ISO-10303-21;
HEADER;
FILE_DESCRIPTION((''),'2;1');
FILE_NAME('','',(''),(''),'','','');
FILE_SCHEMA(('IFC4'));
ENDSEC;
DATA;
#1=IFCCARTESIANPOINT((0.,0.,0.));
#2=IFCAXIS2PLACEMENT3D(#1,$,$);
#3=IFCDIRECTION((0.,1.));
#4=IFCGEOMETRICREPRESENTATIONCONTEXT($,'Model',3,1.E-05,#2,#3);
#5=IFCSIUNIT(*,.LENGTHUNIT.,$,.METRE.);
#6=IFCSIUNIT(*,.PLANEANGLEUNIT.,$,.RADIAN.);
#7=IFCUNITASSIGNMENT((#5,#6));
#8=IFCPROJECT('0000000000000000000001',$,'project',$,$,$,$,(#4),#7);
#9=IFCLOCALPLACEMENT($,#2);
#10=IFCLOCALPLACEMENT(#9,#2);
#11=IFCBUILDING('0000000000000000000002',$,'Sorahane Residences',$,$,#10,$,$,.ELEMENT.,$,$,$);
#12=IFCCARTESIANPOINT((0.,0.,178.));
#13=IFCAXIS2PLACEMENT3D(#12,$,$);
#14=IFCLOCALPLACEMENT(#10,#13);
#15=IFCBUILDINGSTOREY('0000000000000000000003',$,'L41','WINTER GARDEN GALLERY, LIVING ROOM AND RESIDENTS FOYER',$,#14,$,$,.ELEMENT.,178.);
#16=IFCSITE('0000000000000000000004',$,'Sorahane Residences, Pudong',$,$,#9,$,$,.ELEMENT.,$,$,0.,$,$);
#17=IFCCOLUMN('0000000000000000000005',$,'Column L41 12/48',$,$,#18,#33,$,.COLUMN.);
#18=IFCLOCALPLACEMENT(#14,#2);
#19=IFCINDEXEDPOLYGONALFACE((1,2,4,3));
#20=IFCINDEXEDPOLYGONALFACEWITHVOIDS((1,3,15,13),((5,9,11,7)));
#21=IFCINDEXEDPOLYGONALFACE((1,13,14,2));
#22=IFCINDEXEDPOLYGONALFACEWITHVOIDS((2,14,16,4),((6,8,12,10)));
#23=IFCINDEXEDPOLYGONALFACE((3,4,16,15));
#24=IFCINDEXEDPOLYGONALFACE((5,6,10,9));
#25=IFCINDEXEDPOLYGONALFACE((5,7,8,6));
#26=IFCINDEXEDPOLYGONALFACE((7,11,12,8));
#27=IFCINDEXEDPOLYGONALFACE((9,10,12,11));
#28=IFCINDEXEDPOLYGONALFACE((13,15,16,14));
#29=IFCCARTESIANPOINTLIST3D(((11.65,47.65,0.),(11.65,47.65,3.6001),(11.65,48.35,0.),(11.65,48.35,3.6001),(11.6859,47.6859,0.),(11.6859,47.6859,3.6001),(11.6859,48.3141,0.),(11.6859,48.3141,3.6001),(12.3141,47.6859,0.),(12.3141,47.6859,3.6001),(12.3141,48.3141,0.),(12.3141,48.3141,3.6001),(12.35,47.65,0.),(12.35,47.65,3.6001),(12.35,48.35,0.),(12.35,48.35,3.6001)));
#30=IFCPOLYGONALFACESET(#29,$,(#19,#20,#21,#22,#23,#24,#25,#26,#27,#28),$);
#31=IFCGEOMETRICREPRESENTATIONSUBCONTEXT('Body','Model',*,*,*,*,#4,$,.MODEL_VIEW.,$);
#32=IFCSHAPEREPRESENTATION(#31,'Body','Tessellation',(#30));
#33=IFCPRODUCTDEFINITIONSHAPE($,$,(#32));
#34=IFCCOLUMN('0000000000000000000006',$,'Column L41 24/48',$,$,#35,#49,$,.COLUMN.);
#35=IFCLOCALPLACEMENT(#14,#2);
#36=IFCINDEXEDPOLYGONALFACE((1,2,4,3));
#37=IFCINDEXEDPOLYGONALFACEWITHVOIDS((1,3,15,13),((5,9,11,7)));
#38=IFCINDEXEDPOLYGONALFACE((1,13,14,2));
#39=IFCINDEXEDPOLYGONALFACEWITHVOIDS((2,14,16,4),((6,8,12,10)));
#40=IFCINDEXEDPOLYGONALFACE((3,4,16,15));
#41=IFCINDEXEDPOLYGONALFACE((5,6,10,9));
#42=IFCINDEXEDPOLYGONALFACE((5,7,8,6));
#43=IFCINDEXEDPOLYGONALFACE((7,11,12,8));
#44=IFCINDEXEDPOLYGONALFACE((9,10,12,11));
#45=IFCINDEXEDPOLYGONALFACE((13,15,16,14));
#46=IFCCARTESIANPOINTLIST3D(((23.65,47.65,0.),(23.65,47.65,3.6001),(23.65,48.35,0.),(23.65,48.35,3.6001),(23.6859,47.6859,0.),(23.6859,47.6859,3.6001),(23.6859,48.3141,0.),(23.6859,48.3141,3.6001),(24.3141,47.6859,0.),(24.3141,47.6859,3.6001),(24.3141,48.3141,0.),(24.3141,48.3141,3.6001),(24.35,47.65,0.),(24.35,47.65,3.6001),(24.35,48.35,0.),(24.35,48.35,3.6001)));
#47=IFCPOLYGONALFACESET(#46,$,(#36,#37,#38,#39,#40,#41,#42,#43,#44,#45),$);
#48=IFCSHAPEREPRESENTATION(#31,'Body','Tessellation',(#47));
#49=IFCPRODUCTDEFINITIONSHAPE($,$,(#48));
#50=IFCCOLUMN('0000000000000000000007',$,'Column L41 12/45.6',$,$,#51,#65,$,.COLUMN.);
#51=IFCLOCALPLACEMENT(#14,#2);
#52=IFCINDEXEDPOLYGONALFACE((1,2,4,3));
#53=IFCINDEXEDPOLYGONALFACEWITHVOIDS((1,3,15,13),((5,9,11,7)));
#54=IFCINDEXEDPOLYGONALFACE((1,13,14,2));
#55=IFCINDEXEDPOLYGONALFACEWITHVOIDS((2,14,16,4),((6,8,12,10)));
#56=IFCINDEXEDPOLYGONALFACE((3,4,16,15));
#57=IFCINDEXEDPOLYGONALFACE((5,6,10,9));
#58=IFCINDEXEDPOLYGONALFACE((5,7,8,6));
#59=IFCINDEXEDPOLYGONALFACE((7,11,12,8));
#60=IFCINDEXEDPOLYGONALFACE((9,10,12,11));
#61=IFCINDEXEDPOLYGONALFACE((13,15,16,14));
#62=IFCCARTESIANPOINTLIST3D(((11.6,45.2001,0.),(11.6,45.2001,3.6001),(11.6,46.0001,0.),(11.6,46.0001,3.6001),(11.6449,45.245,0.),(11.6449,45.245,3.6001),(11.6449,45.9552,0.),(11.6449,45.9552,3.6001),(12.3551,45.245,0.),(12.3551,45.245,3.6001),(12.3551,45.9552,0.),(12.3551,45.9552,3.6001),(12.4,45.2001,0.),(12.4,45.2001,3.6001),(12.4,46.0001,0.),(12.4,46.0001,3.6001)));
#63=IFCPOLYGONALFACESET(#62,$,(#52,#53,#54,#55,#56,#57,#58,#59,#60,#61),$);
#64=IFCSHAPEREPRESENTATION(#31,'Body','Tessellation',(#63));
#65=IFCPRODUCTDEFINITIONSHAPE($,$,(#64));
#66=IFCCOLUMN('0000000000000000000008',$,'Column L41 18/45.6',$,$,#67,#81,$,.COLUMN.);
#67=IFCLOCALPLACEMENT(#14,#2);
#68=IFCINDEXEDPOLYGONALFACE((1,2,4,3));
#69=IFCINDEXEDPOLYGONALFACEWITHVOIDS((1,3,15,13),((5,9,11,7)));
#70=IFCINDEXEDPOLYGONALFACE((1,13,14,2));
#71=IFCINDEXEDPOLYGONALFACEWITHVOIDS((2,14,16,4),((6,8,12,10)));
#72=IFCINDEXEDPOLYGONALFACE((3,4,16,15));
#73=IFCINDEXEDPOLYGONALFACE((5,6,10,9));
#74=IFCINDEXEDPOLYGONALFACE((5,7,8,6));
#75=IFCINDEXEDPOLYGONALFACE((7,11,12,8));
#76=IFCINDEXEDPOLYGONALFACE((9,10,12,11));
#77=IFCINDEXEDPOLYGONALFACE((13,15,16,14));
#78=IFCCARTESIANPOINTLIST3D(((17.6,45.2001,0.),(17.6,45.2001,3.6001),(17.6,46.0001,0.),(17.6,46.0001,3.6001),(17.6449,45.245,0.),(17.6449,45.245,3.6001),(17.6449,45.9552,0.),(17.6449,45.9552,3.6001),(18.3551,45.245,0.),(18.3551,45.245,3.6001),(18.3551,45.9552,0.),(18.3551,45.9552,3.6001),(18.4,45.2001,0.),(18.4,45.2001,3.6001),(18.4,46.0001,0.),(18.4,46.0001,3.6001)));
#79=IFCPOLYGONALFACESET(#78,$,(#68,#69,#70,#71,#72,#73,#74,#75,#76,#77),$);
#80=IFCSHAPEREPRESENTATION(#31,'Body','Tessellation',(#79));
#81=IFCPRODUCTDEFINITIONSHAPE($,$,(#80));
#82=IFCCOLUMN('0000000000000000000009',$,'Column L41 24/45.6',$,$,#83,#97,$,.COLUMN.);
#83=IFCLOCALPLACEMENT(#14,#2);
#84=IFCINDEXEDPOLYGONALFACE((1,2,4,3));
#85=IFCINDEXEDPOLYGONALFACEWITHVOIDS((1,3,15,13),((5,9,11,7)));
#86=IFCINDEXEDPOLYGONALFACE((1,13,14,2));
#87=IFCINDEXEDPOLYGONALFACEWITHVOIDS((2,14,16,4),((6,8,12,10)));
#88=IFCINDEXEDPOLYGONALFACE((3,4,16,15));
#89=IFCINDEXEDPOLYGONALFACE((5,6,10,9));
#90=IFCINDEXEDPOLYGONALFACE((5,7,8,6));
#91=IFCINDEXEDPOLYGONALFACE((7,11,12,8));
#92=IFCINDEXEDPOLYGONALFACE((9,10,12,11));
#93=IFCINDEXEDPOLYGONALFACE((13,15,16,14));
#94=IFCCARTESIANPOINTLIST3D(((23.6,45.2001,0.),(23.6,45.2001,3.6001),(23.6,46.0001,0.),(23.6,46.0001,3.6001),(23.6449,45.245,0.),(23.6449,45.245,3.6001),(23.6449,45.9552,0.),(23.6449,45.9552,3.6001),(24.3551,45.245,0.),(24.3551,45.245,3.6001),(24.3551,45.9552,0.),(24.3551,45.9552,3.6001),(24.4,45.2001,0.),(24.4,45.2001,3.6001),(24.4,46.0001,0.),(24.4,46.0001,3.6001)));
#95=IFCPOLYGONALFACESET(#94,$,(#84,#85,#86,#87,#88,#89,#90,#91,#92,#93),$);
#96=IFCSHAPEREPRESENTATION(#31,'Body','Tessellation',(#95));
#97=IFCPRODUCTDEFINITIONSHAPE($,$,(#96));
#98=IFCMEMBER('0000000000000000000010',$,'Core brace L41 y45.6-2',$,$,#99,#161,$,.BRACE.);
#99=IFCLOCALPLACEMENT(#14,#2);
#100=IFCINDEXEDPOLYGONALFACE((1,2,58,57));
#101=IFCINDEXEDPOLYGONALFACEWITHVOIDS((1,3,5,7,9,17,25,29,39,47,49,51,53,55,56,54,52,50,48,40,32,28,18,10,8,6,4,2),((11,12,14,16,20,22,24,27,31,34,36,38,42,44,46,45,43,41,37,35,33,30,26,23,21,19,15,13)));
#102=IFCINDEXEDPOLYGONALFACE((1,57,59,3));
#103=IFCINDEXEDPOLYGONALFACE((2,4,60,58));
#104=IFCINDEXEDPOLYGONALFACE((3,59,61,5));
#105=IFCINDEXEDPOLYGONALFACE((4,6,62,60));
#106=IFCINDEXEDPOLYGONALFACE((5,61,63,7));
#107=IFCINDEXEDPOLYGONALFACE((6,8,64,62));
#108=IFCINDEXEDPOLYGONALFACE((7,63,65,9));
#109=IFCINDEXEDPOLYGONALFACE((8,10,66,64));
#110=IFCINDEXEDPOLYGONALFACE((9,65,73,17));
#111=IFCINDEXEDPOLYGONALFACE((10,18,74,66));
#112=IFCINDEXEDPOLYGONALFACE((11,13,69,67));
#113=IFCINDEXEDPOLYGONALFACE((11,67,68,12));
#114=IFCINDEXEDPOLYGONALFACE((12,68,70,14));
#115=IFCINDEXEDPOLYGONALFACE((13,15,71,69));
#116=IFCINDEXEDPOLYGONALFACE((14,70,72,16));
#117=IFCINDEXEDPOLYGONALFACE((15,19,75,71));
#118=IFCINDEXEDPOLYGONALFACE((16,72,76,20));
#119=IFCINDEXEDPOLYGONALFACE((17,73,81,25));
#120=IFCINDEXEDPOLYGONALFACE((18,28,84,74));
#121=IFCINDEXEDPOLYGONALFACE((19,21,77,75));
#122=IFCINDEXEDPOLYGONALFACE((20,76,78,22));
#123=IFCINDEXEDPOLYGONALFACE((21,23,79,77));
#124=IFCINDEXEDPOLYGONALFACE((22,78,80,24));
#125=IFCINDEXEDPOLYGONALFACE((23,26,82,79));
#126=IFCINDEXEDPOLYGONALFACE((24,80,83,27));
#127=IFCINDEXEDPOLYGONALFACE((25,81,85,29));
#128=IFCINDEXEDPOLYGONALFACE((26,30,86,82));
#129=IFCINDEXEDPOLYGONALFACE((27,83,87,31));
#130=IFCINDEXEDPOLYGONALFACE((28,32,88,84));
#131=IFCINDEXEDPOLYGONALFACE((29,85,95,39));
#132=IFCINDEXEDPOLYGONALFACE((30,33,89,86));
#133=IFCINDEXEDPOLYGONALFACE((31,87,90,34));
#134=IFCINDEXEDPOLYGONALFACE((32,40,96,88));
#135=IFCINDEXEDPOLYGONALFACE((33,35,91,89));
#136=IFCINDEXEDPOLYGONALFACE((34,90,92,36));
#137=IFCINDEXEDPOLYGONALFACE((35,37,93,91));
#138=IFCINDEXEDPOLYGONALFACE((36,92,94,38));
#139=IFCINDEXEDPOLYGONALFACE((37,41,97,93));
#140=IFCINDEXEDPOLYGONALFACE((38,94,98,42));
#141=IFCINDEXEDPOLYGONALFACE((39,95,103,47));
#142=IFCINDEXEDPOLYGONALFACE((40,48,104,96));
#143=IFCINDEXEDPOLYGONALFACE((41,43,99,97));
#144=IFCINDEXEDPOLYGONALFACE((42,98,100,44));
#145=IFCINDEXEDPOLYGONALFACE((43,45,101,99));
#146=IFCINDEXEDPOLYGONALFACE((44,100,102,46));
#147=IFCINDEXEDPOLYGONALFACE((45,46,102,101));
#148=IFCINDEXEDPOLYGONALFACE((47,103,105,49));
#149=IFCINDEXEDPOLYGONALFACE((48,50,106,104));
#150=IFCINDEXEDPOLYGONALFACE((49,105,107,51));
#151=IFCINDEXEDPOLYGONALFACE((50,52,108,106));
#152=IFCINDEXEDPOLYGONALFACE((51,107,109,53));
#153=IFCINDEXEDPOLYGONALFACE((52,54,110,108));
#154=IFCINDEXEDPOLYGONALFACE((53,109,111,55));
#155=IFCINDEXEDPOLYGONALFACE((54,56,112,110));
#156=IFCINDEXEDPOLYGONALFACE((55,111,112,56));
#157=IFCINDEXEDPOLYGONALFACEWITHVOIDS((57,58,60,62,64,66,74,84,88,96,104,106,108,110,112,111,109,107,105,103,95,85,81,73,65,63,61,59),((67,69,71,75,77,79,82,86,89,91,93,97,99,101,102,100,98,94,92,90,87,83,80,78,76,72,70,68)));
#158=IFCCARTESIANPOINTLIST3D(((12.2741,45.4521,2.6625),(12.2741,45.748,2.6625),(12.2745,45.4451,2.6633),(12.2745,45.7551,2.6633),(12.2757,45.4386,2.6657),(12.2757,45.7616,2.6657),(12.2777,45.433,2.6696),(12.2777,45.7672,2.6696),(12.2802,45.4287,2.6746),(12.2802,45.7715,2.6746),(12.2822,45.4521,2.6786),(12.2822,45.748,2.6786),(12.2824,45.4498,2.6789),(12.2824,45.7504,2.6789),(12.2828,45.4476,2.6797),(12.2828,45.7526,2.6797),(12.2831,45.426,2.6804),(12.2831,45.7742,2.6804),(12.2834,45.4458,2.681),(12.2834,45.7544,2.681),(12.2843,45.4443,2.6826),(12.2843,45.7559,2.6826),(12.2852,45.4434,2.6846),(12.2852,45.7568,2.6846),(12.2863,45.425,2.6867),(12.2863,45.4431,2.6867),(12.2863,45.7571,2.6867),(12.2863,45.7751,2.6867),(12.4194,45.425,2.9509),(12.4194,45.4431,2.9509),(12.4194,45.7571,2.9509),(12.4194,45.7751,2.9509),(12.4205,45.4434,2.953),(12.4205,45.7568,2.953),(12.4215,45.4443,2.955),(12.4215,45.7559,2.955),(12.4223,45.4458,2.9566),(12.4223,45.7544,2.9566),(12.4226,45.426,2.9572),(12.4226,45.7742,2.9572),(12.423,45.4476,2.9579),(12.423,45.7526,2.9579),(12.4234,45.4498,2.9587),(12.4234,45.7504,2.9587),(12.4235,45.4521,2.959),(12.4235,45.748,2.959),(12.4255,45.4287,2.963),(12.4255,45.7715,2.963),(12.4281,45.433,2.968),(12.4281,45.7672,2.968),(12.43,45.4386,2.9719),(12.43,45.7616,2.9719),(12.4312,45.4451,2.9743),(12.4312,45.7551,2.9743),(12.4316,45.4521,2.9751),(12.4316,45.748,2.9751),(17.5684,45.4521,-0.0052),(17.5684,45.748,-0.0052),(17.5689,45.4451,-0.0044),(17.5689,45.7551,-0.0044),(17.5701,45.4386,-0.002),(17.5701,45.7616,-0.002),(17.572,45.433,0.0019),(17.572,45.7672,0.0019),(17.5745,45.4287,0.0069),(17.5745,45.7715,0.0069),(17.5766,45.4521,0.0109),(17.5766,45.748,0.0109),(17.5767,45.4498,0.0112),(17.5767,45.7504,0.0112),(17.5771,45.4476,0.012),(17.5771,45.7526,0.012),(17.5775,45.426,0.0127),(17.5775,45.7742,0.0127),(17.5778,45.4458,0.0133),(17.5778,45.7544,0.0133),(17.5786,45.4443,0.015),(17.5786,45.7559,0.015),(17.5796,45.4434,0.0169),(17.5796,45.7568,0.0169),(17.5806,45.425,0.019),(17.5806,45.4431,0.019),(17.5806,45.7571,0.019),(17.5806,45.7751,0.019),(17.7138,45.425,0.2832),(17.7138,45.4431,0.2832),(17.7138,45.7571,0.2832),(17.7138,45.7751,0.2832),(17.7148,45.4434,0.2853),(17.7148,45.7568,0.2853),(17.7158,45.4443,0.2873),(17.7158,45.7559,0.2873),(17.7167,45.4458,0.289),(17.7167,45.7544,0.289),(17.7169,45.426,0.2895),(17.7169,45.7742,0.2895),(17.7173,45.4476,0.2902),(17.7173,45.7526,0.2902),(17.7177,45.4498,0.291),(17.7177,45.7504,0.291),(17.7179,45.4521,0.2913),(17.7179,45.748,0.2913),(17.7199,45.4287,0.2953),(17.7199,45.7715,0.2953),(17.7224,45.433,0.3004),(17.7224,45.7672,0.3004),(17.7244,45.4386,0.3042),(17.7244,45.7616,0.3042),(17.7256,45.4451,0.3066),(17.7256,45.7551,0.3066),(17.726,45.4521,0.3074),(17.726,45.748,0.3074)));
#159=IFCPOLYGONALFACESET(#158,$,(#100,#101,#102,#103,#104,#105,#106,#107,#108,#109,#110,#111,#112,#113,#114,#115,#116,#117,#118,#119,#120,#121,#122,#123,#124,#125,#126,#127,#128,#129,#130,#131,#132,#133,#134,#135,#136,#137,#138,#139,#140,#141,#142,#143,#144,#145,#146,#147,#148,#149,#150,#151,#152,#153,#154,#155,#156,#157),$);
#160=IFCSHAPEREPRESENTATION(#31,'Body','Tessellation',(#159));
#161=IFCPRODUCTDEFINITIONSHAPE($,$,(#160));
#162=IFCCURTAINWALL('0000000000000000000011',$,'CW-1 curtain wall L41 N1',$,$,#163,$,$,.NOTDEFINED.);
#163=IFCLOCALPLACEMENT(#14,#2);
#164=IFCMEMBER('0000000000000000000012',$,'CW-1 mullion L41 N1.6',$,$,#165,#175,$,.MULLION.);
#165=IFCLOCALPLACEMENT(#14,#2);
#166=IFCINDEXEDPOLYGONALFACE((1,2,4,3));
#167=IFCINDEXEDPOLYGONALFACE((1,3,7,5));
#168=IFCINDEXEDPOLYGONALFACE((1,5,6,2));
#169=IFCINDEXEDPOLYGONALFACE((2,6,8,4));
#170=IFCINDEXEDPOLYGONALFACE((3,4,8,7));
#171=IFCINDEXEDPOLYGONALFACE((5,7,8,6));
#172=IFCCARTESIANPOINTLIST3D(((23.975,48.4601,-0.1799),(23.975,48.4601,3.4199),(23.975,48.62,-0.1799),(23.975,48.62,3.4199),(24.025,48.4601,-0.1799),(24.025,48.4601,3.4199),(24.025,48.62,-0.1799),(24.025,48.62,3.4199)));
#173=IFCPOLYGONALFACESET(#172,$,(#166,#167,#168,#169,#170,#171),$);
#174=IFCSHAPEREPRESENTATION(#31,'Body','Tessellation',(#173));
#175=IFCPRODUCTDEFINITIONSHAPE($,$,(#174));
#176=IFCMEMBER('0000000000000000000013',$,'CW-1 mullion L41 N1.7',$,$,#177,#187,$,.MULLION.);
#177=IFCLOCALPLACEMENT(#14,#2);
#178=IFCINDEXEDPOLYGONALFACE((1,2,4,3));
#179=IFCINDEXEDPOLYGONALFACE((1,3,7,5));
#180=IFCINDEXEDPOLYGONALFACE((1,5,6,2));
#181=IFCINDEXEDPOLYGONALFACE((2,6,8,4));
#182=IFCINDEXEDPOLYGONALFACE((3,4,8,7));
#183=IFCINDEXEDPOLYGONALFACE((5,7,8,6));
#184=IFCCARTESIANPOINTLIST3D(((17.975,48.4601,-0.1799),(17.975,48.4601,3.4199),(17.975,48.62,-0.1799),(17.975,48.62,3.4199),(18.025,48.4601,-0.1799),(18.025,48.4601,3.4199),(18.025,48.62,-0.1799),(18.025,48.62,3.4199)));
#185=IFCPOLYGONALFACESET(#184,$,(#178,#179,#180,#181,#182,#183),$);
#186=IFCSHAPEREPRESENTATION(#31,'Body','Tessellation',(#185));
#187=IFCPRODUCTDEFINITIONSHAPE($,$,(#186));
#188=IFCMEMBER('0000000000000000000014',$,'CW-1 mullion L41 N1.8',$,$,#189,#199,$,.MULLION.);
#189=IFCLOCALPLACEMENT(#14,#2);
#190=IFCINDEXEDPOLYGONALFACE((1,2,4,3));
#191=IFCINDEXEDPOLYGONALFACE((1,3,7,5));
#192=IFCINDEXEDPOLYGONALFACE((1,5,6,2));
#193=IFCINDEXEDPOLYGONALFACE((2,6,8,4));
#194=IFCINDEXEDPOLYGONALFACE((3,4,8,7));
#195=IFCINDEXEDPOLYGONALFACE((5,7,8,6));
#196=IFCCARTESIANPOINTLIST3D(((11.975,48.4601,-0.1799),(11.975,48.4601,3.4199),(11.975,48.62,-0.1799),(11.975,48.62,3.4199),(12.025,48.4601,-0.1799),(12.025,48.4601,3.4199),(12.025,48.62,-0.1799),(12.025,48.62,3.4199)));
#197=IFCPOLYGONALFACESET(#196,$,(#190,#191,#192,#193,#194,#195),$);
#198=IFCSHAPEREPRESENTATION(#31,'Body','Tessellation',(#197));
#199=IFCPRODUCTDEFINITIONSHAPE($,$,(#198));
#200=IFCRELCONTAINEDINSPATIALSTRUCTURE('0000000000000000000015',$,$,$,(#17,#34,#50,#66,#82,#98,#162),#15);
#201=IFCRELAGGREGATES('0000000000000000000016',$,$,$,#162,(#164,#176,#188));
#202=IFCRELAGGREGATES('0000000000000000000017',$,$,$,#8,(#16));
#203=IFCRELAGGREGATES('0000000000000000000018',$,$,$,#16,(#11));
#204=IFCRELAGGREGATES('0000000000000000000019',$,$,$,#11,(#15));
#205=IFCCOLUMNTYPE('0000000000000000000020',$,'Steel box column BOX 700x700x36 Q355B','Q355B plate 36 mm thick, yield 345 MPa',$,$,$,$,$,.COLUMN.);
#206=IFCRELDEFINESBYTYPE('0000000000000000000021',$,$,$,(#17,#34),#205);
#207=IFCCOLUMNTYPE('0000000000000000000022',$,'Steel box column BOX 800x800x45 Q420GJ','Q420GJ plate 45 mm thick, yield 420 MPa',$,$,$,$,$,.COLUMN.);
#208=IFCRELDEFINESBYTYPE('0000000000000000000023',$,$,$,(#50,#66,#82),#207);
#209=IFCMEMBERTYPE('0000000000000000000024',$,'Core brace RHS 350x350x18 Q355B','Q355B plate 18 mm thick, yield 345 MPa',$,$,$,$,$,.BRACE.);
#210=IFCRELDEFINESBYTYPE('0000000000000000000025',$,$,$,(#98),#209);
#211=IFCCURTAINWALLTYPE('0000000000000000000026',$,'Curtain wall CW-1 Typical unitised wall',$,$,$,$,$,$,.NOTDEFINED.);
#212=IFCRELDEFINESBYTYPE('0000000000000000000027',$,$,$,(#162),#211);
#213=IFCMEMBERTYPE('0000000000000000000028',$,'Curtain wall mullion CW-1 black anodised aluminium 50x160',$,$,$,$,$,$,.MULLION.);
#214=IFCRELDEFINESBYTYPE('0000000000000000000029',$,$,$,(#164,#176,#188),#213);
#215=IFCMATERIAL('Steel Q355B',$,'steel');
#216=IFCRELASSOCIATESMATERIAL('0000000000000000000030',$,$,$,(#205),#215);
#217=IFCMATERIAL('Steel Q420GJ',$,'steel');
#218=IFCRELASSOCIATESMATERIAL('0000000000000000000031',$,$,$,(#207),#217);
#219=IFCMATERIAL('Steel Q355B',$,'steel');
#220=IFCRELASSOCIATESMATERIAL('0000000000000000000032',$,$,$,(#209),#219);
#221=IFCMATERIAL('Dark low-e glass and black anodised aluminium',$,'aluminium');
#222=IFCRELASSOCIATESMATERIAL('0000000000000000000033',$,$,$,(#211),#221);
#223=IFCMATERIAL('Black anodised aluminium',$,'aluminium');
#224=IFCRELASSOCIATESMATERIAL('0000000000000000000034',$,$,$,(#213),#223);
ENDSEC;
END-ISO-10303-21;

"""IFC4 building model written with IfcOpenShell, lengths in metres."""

from ifc_helpers import new_model, si_unit, direction, frame, origin, origin_2d, place, context, subcontext, project, spatial, rectangle, hollow_rectangle, extrude, material, material_profile, profile_set, type_object, element, aggregate, save


model = new_model("IFC4")

# Units and contexts
model_context = context("Model", 3, precision=1e-05, world=origin(), true_north=direction((0.0, 1.0)))
body_context = subcontext(model_context, "Body", "Model", "MODEL_VIEW")
ifc_project = project(units=[si_unit("LENGTHUNIT", "METRE"), si_unit("PLANEANGLEUNIT", "RADIAN")], contexts=[model_context])

# Site, building, storey
site_placement = place(None, origin())
site = spatial("IfcSite", under=ifc_project, at=site_placement, Name="Sorahane Residences, Pudong", CompositionType="ELEMENT", RefElevation=0.0)
building_placement = place(site_placement, origin())
building = spatial("IfcBuilding", under=site, at=building_placement, Name="Sorahane Residences", CompositionType="ELEMENT")
storey_placement = place(building_placement, frame((0.0, 0.0, 178.0)))
storey = spatial("IfcBuildingStorey", under=building, at=storey_placement, Name="L41", Description="WINTER GARDEN GALLERY, LIVING ROOM AND RESIDENTS FOYER", CompositionType="ELEMENT", Elevation=178.0)

# Columns
ifc_material_1 = material(Name="Steel Q355B", Category="steel")
ifc_material_profile_1 = material_profile(ifc_material_1, hollow_rectangle(XDim=0.7, YDim=0.7, WallThickness=0.0359, at=origin_2d()), Name="BOX 700x700x36")
ifc_profile_set_1 = profile_set([ifc_material_profile_1], Name="Steel Q355B")
column_type_1 = type_object("IfcColumnType", Name="Steel box column BOX 700x700x36 Q355B", Description="Q355B plate 36 mm thick, yield 345 MPa", PredefinedType="COLUMN", material=ifc_profile_set_1)
for number, where, z_axis, x_axis, name in (
    (1, (12.0, 48.0, 0.0), (0.0, 0.0, 1.0), (1.0, 0.0, 0.0), "Column L41 12/48"),
    (2, (24.0, 48.0, 0.0), (0.0, 0.0, 1.0), (1.0, 0.0, 0.0), "Column L41 24/48"),
):
    element("IfcColumn", number, at=place(storey_placement, frame(where, z_axis=z_axis, x_axis=x_axis)), inside=storey, type_object=column_type_1, Name=name, PredefinedType="COLUMN", context=body_context, shape_type="SweptSolid", body=[
        extrude(hollow_rectangle(XDim=0.7, YDim=0.7, WallThickness=0.0359, at=origin_2d()), origin(), (0.0, 0.0, 1.0), 3.6001),
    ])
ifc_material_2 = material(Name="Steel Q420GJ", Category="steel")
ifc_material_profile_2 = material_profile(ifc_material_2, hollow_rectangle(XDim=0.8, YDim=0.8, WallThickness=0.0449, at=origin_2d()), Name="BOX 800x800x45")
ifc_profile_set_2 = profile_set([ifc_material_profile_2], Name="Steel Q420GJ")
column_type_2 = type_object("IfcColumnType", Name="Steel box column BOX 800x800x45 Q420GJ", Description="Q420GJ plate 45 mm thick, yield 420 MPa", PredefinedType="COLUMN", material=ifc_profile_set_2)
for number, where, z_axis, x_axis, name in (
    (3, (12.0, 45.6001, 0.0), (0.0, 0.0, 1.0), (1.0, 0.0, 0.0), "Column L41 12/45.6"),
    (4, (18.0, 45.6001, 0.0), (0.0, 0.0, 1.0), (1.0, 0.0, 0.0), "Column L41 18/45.6"),
    (5, (24.0, 45.6001, 0.0), (0.0, 0.0, 1.0), (1.0, 0.0, 0.0), "Column L41 24/45.6"),
):
    element("IfcColumn", number, at=place(storey_placement, frame(where, z_axis=z_axis, x_axis=x_axis)), inside=storey, type_object=column_type_2, Name=name, PredefinedType="COLUMN", context=body_context, shape_type="SweptSolid", body=[
        extrude(hollow_rectangle(XDim=0.8, YDim=0.8, WallThickness=0.0449, at=origin_2d()), origin(), (0.0, 0.0, 1.0), 3.6001),
    ])

# Member
ifc_material_3 = material(Name="Steel Q355B", Category="steel")
ifc_material_profile_3 = material_profile(ifc_material_3, hollow_rectangle(XDim=0.3501, YDim=0.3501, WallThickness=0.0181, InnerFilletRadius=0.009, OuterFilletRadius=0.0271, at=origin_2d()), Name="RHS 350x350x18")
ifc_profile_set_3 = profile_set([ifc_material_profile_3], Name="Steel Q355B")
member_type_1 = type_object("IfcMemberType", Name="Core brace RHS 350x350x18 Q355B", Description="Q355B plate 18 mm thick, yield 345 MPa", PredefinedType="BRACE", material=ifc_profile_set_3)
member_1_placement = place(storey_placement, frame((17.6472, 45.6001, 0.1511), z_axis=(-0.893039, 0.0, 0.449979), x_axis=(0.0, -1.0, 0.0)))
element("IfcMember", 6, at=member_1_placement, inside=storey, type_object=member_type_1, Name="Core brace L41 y45.6-2", PredefinedType="BRACE", context=body_context, shape_type="SweptSolid", body=[
    extrude(hollow_rectangle(XDim=0.3501, YDim=0.3501, WallThickness=0.0181, InnerFilletRadius=0.009, OuterFilletRadius=0.0271, at=origin_2d()), origin(), (0.0, 0.0, 1.0), 5.9285),
])

# Curtain wall, members
ifc_material_4 = material(Name="Dark low-e glass and black anodised aluminium", Category="aluminium")
curtain_wall_type = type_object("IfcCurtainWallType", Name="Curtain wall CW-1 Typical unitised wall", PredefinedType="NOTDEFINED", material=ifc_material_4)
curtain_wall_placement = place(storey_placement, origin())
curtain_wall = element("IfcCurtainWall", 7, at=curtain_wall_placement, inside=storey, type_object=curtain_wall_type, Name="CW-1 curtain wall L41 N1", PredefinedType="NOTDEFINED")
ifc_material_5 = material(Name="Black anodised aluminium", Category="aluminium")
ifc_material_profile_4 = material_profile(ifc_material_5, rectangle(XDim=0.1599, YDim=0.05, at=origin_2d()), Name="Curtain wall mullion CW-1 black anodised aluminium 50x160")
ifc_profile_set_4 = profile_set([ifc_material_profile_4], Name="Black anodised aluminium")
member_type_2 = type_object("IfcMemberType", Name="Curtain wall mullion CW-1 black anodised aluminium 50x160", PredefinedType="MULLION", material=ifc_profile_set_4)
member_2_placement = place(storey_placement, frame((24.0, 48.54, -0.1799), z_axis=(0.0, 0.0, 1.0), x_axis=(0.0, 1.0, 0.0)))
member_2 = element("IfcMember", 8, at=member_2_placement, type_object=member_type_2, Name="CW-1 mullion L41 N1.6", PredefinedType="MULLION", context=body_context, shape_type="SweptSolid", body=[
    extrude(rectangle(XDim=0.1599, YDim=0.05, at=origin_2d()), origin(), (0.0, 0.0, 1.0), 3.5999),
])
member_3_placement = place(storey_placement, frame((18.0, 48.54, -0.1799), z_axis=(0.0, 0.0, 1.0), x_axis=(0.0, 1.0, 0.0)))
member_3 = element("IfcMember", 9, at=member_3_placement, type_object=member_type_2, Name="CW-1 mullion L41 N1.7", PredefinedType="MULLION", context=body_context, shape_type="SweptSolid", body=[
    extrude(rectangle(XDim=0.1599, YDim=0.05, at=origin_2d()), origin(), (0.0, 0.0, 1.0), 3.5999),
])
member_4_placement = place(storey_placement, frame((12.0, 48.54, -0.1799), z_axis=(0.0, 0.0, 1.0), x_axis=(0.0, 1.0, 0.0)))
member_4 = element("IfcMember", 10, at=member_4_placement, type_object=member_type_2, Name="CW-1 mullion L41 N1.8", PredefinedType="MULLION", context=body_context, shape_type="SweptSolid", body=[
    extrude(rectangle(XDim=0.1599, YDim=0.05, at=origin_2d()), origin(), (0.0, 0.0, 1.0), 3.5999),
])

aggregate(curtain_wall, [member_2, member_3, member_4])

save(model, "model.ifc")
